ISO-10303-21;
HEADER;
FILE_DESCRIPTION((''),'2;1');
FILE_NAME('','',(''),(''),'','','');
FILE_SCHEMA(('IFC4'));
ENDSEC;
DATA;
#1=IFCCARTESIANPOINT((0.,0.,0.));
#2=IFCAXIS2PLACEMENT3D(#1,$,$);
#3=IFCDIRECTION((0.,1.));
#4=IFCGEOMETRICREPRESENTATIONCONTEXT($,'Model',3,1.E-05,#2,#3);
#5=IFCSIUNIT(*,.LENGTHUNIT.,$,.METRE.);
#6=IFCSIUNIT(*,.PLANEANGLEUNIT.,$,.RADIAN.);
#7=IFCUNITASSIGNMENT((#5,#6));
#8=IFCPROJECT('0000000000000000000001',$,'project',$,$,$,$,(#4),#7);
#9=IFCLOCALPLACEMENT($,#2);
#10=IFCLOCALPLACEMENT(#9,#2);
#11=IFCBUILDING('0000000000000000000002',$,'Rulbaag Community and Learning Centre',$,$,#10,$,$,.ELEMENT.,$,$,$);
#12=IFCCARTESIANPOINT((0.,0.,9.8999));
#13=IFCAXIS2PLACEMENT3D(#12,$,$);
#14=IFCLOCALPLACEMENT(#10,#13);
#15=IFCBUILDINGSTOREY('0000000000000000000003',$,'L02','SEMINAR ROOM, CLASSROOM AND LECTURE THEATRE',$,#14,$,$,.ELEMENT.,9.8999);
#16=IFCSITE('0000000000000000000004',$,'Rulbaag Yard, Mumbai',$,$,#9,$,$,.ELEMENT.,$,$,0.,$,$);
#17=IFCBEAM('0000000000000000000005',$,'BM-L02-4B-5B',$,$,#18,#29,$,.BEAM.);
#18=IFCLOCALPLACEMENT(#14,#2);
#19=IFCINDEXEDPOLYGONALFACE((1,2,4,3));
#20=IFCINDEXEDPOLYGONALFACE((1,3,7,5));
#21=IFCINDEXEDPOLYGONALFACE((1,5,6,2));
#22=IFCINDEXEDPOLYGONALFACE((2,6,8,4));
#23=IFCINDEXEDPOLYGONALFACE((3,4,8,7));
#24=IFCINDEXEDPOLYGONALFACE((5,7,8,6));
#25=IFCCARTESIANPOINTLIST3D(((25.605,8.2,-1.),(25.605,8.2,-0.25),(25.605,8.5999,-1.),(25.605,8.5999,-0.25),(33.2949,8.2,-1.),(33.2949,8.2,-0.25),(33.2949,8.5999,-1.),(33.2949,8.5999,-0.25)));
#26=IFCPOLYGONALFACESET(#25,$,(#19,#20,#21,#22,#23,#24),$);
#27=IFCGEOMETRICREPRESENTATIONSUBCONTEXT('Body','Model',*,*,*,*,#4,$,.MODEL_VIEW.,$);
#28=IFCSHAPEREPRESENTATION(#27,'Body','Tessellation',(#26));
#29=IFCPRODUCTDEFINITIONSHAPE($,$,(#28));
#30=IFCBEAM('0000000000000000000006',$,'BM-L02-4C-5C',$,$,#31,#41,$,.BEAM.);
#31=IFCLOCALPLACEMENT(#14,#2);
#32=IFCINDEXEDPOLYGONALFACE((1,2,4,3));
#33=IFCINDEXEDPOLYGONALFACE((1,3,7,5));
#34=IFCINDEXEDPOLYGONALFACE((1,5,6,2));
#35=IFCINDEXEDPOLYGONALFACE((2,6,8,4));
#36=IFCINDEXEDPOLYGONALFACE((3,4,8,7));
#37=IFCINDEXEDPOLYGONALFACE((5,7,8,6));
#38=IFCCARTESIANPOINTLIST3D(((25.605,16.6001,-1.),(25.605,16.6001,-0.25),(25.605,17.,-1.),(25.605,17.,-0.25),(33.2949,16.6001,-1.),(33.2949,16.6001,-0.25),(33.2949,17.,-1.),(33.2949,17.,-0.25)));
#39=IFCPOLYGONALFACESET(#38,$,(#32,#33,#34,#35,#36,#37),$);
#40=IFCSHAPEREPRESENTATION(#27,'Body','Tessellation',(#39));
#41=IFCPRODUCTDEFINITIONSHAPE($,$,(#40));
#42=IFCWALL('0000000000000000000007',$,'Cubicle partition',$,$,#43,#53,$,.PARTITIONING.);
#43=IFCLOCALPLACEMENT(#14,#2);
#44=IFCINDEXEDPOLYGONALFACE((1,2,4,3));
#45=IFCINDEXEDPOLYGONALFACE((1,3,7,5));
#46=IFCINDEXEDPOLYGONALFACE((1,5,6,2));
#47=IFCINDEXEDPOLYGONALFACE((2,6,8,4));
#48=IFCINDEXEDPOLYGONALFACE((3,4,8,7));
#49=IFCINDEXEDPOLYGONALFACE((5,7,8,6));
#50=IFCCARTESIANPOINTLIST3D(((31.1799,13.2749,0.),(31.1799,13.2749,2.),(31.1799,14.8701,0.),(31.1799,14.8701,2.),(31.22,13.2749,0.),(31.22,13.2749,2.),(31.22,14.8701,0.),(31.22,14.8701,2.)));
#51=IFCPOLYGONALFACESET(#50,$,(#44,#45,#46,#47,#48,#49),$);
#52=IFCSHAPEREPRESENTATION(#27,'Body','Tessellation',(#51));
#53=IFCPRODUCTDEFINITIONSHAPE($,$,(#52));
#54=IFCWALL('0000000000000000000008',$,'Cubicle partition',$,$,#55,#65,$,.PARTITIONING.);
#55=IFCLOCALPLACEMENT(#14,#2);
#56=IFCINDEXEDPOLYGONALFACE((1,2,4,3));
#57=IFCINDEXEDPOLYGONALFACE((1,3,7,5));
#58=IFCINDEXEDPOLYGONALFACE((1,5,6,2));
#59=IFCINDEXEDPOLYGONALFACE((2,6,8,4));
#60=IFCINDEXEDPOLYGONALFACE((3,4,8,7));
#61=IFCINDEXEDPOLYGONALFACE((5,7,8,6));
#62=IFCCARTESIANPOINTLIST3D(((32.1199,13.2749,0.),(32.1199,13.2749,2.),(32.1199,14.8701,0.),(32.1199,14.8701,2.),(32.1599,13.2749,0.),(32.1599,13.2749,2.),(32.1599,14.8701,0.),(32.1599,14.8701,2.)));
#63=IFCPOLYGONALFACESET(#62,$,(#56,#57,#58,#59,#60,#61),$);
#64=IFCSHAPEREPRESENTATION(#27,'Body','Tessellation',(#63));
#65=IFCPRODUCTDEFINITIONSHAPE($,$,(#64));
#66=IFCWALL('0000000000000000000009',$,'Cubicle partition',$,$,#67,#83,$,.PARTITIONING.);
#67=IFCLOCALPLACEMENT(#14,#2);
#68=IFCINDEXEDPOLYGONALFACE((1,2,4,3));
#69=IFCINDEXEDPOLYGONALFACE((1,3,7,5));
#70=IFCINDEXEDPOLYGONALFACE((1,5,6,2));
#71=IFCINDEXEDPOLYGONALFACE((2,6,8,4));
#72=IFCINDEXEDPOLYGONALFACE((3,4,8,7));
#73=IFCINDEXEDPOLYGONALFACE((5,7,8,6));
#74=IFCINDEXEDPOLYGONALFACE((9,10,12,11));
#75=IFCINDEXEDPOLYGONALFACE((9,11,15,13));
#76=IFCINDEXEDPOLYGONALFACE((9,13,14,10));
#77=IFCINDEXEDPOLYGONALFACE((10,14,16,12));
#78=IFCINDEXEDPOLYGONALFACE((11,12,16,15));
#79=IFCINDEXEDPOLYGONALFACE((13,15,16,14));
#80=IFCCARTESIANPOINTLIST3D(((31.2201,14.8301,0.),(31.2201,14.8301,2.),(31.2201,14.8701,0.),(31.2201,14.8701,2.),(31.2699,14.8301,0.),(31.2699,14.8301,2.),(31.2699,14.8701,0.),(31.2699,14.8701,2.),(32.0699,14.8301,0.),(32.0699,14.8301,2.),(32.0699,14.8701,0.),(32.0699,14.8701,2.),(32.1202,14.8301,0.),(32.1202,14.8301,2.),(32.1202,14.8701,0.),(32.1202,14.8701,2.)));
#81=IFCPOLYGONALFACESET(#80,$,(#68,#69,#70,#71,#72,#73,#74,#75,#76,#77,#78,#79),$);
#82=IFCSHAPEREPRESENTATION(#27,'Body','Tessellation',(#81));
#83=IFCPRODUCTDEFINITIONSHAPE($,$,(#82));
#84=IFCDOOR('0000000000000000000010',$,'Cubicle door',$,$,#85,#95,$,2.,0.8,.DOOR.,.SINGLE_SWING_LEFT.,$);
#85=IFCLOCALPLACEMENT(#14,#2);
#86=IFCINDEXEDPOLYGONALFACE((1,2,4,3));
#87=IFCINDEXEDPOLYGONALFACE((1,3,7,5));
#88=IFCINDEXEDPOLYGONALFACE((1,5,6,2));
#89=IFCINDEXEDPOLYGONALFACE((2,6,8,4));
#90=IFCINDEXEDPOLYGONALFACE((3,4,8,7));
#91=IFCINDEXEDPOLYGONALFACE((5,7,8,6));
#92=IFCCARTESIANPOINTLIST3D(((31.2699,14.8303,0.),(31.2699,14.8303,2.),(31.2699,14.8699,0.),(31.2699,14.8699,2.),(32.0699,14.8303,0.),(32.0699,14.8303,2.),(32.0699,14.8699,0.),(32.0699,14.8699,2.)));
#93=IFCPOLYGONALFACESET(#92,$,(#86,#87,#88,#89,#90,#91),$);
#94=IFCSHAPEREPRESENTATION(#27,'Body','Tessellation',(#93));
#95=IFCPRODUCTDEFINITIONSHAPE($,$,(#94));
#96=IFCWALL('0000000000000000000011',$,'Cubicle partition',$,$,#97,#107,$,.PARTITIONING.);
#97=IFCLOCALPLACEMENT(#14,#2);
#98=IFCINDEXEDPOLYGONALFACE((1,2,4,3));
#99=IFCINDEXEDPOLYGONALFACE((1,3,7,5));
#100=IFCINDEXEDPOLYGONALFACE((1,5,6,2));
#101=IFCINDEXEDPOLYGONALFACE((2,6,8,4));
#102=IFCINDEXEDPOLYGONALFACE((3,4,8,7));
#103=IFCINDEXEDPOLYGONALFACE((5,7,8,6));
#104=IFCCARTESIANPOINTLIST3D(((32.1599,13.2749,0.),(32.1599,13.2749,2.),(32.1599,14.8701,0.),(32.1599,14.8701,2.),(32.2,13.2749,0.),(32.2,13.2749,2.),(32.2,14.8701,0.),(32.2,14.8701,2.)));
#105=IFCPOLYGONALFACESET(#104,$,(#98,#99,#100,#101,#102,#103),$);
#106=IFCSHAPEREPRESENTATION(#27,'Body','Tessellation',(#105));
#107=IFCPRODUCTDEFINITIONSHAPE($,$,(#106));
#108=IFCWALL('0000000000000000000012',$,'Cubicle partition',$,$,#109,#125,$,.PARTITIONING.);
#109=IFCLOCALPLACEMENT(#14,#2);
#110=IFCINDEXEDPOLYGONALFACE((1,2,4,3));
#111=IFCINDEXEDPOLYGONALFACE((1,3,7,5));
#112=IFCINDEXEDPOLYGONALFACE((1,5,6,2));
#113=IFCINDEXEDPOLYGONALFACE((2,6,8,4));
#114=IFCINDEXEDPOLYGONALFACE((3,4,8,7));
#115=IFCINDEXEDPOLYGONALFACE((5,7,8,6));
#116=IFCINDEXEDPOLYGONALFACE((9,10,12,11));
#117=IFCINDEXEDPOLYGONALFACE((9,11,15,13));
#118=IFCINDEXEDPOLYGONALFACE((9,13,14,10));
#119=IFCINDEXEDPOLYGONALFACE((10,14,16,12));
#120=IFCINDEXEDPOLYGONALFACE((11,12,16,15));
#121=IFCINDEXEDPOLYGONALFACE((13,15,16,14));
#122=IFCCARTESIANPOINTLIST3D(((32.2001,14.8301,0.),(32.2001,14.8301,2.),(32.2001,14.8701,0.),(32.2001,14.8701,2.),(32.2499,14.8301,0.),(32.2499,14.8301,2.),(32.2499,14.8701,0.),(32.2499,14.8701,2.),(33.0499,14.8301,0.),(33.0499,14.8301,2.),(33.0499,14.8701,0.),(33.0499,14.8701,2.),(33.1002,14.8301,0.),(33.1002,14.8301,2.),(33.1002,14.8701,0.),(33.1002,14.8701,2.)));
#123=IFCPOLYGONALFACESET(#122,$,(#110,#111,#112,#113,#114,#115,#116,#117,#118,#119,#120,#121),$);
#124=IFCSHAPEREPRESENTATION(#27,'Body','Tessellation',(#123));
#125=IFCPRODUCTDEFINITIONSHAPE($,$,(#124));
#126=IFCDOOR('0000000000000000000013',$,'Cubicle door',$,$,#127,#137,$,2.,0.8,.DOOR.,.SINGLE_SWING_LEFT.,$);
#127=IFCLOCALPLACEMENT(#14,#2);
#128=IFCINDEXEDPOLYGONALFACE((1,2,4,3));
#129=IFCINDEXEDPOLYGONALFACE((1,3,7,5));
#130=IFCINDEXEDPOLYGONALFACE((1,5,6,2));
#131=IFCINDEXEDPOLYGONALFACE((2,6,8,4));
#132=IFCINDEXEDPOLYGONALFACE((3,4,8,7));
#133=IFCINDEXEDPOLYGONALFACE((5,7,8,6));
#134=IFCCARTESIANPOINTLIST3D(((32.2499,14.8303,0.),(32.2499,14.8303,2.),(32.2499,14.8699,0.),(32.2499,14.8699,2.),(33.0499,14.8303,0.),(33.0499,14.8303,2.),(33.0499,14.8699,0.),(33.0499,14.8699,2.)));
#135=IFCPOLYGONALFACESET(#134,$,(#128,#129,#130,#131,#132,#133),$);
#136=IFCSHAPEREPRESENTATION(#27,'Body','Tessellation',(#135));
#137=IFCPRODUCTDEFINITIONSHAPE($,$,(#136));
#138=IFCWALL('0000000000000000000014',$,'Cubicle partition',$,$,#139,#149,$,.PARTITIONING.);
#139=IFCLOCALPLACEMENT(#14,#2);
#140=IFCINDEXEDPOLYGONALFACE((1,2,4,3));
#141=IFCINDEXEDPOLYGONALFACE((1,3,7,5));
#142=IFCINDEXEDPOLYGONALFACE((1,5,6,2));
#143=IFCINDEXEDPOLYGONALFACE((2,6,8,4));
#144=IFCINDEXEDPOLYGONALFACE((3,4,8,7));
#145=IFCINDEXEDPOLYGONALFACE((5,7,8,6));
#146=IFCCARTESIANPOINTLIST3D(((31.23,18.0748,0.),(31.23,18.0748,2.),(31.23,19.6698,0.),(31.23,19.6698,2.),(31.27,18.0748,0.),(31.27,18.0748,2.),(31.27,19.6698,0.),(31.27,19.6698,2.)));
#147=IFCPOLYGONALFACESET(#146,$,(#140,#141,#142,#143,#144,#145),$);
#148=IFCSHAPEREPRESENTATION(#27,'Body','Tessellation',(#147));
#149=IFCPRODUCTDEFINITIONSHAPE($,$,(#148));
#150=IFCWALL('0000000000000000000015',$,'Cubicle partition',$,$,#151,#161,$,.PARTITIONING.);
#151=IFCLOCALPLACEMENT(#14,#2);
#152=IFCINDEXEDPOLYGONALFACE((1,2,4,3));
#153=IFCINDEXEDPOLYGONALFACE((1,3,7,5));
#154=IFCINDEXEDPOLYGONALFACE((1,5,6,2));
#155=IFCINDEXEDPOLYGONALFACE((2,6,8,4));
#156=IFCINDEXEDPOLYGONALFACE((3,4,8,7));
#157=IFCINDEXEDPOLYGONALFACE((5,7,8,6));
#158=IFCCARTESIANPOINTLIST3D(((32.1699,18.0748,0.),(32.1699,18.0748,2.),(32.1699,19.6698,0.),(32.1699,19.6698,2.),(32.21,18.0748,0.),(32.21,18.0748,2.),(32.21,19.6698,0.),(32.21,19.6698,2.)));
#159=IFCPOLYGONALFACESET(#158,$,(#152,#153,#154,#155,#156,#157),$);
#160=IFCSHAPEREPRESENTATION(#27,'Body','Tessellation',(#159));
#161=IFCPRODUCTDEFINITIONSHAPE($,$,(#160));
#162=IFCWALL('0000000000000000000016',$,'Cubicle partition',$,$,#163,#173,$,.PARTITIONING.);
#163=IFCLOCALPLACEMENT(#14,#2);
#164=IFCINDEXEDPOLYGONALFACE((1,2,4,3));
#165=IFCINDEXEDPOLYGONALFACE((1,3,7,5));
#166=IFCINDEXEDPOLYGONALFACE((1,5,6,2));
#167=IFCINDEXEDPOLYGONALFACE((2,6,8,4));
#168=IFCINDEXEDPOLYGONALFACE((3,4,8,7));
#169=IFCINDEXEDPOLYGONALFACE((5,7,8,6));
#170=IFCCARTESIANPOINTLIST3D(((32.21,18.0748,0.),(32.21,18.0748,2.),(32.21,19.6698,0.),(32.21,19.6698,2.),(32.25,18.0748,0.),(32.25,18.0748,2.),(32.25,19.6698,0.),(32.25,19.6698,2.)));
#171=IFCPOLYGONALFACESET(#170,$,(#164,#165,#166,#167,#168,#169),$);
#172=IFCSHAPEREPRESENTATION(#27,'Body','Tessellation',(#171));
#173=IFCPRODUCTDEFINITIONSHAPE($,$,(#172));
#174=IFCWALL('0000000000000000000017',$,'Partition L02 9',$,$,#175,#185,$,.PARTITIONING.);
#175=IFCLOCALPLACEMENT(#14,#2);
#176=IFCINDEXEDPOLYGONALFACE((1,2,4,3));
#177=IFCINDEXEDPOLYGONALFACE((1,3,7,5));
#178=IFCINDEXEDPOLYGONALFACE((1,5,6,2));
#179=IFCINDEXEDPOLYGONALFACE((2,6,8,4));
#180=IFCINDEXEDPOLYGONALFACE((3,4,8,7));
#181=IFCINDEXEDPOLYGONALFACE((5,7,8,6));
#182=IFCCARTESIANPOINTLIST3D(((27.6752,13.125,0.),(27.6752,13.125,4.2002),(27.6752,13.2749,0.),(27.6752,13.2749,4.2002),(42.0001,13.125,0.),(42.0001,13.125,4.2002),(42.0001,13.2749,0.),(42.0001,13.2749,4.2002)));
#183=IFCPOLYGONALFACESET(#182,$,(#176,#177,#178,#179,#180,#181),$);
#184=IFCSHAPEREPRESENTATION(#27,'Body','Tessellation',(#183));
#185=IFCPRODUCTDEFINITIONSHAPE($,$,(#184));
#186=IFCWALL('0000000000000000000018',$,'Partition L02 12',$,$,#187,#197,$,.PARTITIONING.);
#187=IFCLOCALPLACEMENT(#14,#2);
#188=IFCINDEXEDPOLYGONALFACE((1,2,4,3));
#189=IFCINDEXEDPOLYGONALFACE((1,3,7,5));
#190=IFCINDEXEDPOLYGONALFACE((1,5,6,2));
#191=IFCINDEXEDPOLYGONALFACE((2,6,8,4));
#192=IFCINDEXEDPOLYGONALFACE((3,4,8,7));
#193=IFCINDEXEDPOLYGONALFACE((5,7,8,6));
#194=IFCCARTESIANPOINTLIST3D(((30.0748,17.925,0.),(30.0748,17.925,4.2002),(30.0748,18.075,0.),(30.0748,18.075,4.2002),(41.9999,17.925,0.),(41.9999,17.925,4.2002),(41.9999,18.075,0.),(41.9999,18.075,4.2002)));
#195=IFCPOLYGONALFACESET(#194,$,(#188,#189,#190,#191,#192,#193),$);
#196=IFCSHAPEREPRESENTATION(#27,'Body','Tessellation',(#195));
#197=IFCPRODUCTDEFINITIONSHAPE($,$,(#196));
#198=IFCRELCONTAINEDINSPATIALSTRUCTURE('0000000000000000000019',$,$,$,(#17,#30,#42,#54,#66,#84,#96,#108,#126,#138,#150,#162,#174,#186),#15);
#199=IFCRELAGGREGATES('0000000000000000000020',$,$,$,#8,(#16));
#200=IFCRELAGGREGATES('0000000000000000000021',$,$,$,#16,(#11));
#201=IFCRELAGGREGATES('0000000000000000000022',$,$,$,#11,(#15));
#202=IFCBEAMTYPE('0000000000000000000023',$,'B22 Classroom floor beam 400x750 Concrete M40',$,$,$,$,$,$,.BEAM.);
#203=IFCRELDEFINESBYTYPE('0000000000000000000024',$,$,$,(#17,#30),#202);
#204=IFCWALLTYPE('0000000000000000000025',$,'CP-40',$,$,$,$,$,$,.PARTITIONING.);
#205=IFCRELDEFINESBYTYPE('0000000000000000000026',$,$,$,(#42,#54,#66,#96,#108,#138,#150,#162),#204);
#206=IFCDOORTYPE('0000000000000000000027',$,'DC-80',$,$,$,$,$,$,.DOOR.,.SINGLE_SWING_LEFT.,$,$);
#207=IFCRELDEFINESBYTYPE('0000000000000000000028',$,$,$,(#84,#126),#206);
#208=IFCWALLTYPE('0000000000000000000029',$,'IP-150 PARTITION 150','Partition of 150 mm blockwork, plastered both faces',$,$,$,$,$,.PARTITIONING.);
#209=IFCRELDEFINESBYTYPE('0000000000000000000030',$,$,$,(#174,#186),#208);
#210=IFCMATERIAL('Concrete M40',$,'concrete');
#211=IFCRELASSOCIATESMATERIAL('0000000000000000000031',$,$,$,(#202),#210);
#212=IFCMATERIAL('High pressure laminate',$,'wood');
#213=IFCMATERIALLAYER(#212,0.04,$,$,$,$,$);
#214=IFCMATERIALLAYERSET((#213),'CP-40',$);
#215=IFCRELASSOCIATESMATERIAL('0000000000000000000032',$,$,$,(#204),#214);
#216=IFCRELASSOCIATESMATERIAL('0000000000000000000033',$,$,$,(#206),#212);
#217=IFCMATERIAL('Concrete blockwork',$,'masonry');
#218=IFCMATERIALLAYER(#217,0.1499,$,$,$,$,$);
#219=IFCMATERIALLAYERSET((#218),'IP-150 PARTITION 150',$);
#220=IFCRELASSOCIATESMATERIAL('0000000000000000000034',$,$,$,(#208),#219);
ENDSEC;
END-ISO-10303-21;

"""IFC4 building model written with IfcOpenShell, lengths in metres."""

from ifc_helpers import new_model, si_unit, direction, frame, frame_2d, origin, origin_2d, place, context, subcontext, project, spatial, rectangle, extrude, material, layer, layer_set, material_profile, profile_set, type_object, element, fill, save


model = new_model("IFC4")

# Units and contexts
model_context = context("Model", 3, precision=1e-05, world=origin(), true_north=direction((0.0, 1.0)))
body_context = subcontext(model_context, "Body", "Model", "MODEL_VIEW")
ifc_project = project(units=[si_unit("LENGTHUNIT", "METRE"), si_unit("PLANEANGLEUNIT", "RADIAN")], contexts=[model_context])

# Site, building, storey
site_placement = place(None, origin())
site = spatial("IfcSite", under=ifc_project, at=site_placement, Name="Rulbaag Yard, Mumbai", CompositionType="ELEMENT", RefElevation=0.0)
building_placement = place(site_placement, origin())
building = spatial("IfcBuilding", under=site, at=building_placement, Name="Rulbaag Community and Learning Centre", CompositionType="ELEMENT")
storey_placement = place(building_placement, frame((0.0, 0.0, 9.8999)))
storey = spatial("IfcBuildingStorey", under=building, at=storey_placement, Name="L02", Description="SEMINAR ROOM, CLASSROOM AND LECTURE THEATRE", CompositionType="ELEMENT", Elevation=9.8999)

# Beams
ifc_material_1 = material(Name="Concrete M40", Category="concrete")
ifc_material_profile = material_profile(ifc_material_1, rectangle(XDim=0.3999, YDim=0.75, at=origin_2d()), Name="RB400x750")
ifc_profile_set = profile_set([ifc_material_profile], Name="Concrete M40")
beam_type = type_object("IfcBeamType", Name="B22 Classroom floor beam 400x750 Concrete M40", PredefinedType="BEAM", material=ifc_profile_set)
for number, where, z_axis, x_axis, name in (
    (1, (25.605, 8.3999, -0.625), (1.0, 0.0, 0.0), (0.0, 1.0, 0.0), "BM-L02-4B-5B"),
    (2, (25.605, 16.8, -0.625), (1.0, 0.0, 0.0), (0.0, 1.0, 0.0), "BM-L02-4C-5C"),
):
    element("IfcBeam", number, at=place(storey_placement, frame(where, z_axis=z_axis, x_axis=x_axis)), inside=storey, type_object=beam_type, Name=name, PredefinedType="BEAM", context=body_context, shape_type="SweptSolid", body=[
        extrude(rectangle(XDim=0.3999, YDim=0.75, at=origin_2d()), origin(), (0.0, 0.0, 1.0), 7.6899),
    ])

# Walls
ifc_material_2 = material(Name="High pressure laminate", Category="wood")
ifc_layer_1 = layer(ifc_material_2, 0.04)
ifc_layer_set_1 = layer_set([ifc_layer_1], Name="CP-40")
wall_type_1 = type_object("IfcWallType", Name="CP-40", PredefinedType="PARTITIONING", material=ifc_layer_set_1)
for number, where, z_axis, x_axis, name in (
    (3, (31.2, 13.2749, 0.0), (0.0, 0.0, 1.0), (0.0, 1.0, 0.0), "Cubicle partition"),
    (4, (32.1399, 13.2749, 0.0), (0.0, 0.0, 1.0), (0.0, 1.0, 0.0), "Cubicle partition"),
):
    element("IfcWall", number, at=place(storey_placement, frame(where, z_axis=z_axis, x_axis=x_axis)), inside=storey, type_object=wall_type_1, Name=name, PredefinedType="PARTITIONING", context=body_context, shape_type="SweptSolid", body=[
        extrude(rectangle(XDim=1.5952, YDim=0.04, at=frame_2d((0.7976, 0.0))), origin(), (0.0, 0.0, 1.0), 2.0),
    ])

# Wall, opening, door
wall_1_placement = place(storey_placement, frame((31.22, 14.8501, 0.0), z_axis=(0.0, 0.0, 1.0), x_axis=(1.0, 0.0, 0.0)))
wall_1 = element("IfcWall", 5, at=wall_1_placement, inside=storey, type_object=wall_type_1, Name="Cubicle partition", PredefinedType="PARTITIONING", context=body_context, shape_type="SweptSolid", body=[
    extrude(rectangle(XDim=0.9001, YDim=0.04, at=frame_2d((0.4502, 0.0))), origin(), (0.0, 0.0, 1.0), 2.0),
])
opening_1_placement = place(wall_1_placement, frame((0.05, 0.0, 0.0)))
opening_1 = element("IfcOpeningElement", 6, at=opening_1_placement, cuts=wall_1, PredefinedType="OPENING", context=body_context, shape_type="SweptSolid", body=[
    extrude(rectangle(XDim=0.8, YDim=2.0, at=frame_2d((0.3999, 1.0))), frame((0.0, 0.03, 0.0), z_axis=(0.0, -1.0, 0.0), x_axis=(1.0, 0.0, 0.0)), (0.0, 0.0, 1.0), 0.0601),
])
door_type_1 = type_object("IfcDoorType", Name="DC-80", OperationType="SINGLE_SWING_LEFT", PredefinedType="DOOR", material=ifc_material_2)
door_1_placement = place(opening_1_placement, origin())
door_1 = element("IfcDoor", 7, at=door_1_placement, inside=storey, type_object=door_type_1, Name="Cubicle door", OperationType="SINGLE_SWING_LEFT", OverallHeight=2.0, OverallWidth=0.8, PredefinedType="DOOR", context=body_context, shape_type="SweptSolid", body=[
    extrude(rectangle(XDim=0.8, YDim=2.0, at=frame_2d((0.3999, 1.0))), frame((0.0, 0.0198, 0.0), z_axis=(0.0, -1.0, 0.0), x_axis=(1.0, 0.0, 0.0)), (0.0, 0.0, 1.0), 0.0396),
])
fill(opening_1, door_1)

# Wall
wall_2_placement = place(storey_placement, frame((32.1799, 13.2749, 0.0), z_axis=(0.0, 0.0, 1.0), x_axis=(0.0, 1.0, 0.0)))
element("IfcWall", 8, at=wall_2_placement, inside=storey, type_object=wall_type_1, Name="Cubicle partition", PredefinedType="PARTITIONING", context=body_context, shape_type="SweptSolid", body=[
    extrude(rectangle(XDim=1.5952, YDim=0.04, at=frame_2d((0.7976, 0.0))), origin(), (0.0, 0.0, 1.0), 2.0),
])

# Wall, opening, door
wall_3_placement = place(storey_placement, frame((32.2, 14.8501, 0.0), z_axis=(0.0, 0.0, 1.0), x_axis=(1.0, 0.0, 0.0)))
wall_3 = element("IfcWall", 9, at=wall_3_placement, inside=storey, type_object=wall_type_1, Name="Cubicle partition", PredefinedType="PARTITIONING", context=body_context, shape_type="SweptSolid", body=[
    extrude(rectangle(XDim=0.9001, YDim=0.04, at=frame_2d((0.4502, 0.0))), origin(), (0.0, 0.0, 1.0), 2.0),
])
opening_2_placement = place(wall_3_placement, frame((0.05, 0.0, 0.0)))
opening_2 = element("IfcOpeningElement", 10, at=opening_2_placement, cuts=wall_3, PredefinedType="OPENING", context=body_context, shape_type="SweptSolid", body=[
    extrude(rectangle(XDim=0.8, YDim=2.0, at=frame_2d((0.3999, 1.0))), frame((0.0, 0.03, 0.0), z_axis=(0.0, -1.0, 0.0), x_axis=(1.0, 0.0, 0.0)), (0.0, 0.0, 1.0), 0.0601),
])
door_2_placement = place(opening_2_placement, origin())
door_2 = element("IfcDoor", 11, at=door_2_placement, inside=storey, type_object=door_type_1, Name="Cubicle door", OperationType="SINGLE_SWING_LEFT", OverallHeight=2.0, OverallWidth=0.8, PredefinedType="DOOR", context=body_context, shape_type="SweptSolid", body=[
    extrude(rectangle(XDim=0.8, YDim=2.0, at=frame_2d((0.3999, 1.0))), frame((0.0, 0.0198, 0.0), z_axis=(0.0, -1.0, 0.0), x_axis=(1.0, 0.0, 0.0)), (0.0, 0.0, 1.0), 0.0396),
])
fill(opening_2, door_2)

# Walls
for number, where, z_axis, x_axis, name in (
    (12, (31.25, 18.075, 0.0), (0.0, 0.0, 1.0), (0.0, 1.0, 0.0), "Cubicle partition"),
    (13, (32.1899, 18.075, 0.0), (0.0, 0.0, 1.0), (0.0, 1.0, 0.0), "Cubicle partition"),
    (14, (32.23, 18.075, 0.0), (0.0, 0.0, 1.0), (0.0, 1.0, 0.0), "Cubicle partition"),
):
    element("IfcWall", number, at=place(storey_placement, frame(where, z_axis=z_axis, x_axis=x_axis)), inside=storey, type_object=wall_type_1, Name=name, PredefinedType="PARTITIONING", context=body_context, shape_type="SweptSolid", body=[
        extrude(rectangle(XDim=1.595, YDim=0.04, at=frame_2d((0.7974, 0.0))), origin(), (0.0, 0.0, 1.0), 2.0),
    ])
ifc_material_3 = material(Name="Concrete blockwork", Category="masonry")
ifc_layer_2 = layer(ifc_material_3, 0.1499)
ifc_layer_set_2 = layer_set([ifc_layer_2], Name="IP-150 PARTITION 150")
wall_type_2 = type_object("IfcWallType", Name="IP-150 PARTITION 150", Description="Partition of 150 mm blockwork, plastered both faces", PredefinedType="PARTITIONING", material=ifc_layer_set_2)
wall_4_placement = place(storey_placement, frame((27.675, 13.2, 0.0), z_axis=(0.0, 0.0, 1.0), x_axis=(1.0, 0.0, 0.0)))
element("IfcWall", 15, at=wall_4_placement, inside=storey, type_object=wall_type_2, Name="Partition L02 9", PredefinedType="PARTITIONING", context=body_context, shape_type="SweptSolid", body=[
    extrude(rectangle(XDim=14.325, YDim=0.1499, at=frame_2d((7.1626, 0.0))), origin(), (0.0, 0.0, 1.0), 4.2002),
])
wall_5_placement = place(storey_placement, frame((30.075, 18.0, 0.0), z_axis=(0.0, 0.0, 1.0), x_axis=(1.0, 0.0, 0.0)))
element("IfcWall", 16, at=wall_5_placement, inside=storey, type_object=wall_type_2, Name="Partition L02 12", PredefinedType="PARTITIONING", context=body_context, shape_type="SweptSolid", body=[
    extrude(rectangle(XDim=11.925, YDim=0.1499, at=frame_2d((5.9624, 0.0))), origin(), (0.0, 0.0, 1.0), 4.2002),
])

save(model, "model.ifc")
